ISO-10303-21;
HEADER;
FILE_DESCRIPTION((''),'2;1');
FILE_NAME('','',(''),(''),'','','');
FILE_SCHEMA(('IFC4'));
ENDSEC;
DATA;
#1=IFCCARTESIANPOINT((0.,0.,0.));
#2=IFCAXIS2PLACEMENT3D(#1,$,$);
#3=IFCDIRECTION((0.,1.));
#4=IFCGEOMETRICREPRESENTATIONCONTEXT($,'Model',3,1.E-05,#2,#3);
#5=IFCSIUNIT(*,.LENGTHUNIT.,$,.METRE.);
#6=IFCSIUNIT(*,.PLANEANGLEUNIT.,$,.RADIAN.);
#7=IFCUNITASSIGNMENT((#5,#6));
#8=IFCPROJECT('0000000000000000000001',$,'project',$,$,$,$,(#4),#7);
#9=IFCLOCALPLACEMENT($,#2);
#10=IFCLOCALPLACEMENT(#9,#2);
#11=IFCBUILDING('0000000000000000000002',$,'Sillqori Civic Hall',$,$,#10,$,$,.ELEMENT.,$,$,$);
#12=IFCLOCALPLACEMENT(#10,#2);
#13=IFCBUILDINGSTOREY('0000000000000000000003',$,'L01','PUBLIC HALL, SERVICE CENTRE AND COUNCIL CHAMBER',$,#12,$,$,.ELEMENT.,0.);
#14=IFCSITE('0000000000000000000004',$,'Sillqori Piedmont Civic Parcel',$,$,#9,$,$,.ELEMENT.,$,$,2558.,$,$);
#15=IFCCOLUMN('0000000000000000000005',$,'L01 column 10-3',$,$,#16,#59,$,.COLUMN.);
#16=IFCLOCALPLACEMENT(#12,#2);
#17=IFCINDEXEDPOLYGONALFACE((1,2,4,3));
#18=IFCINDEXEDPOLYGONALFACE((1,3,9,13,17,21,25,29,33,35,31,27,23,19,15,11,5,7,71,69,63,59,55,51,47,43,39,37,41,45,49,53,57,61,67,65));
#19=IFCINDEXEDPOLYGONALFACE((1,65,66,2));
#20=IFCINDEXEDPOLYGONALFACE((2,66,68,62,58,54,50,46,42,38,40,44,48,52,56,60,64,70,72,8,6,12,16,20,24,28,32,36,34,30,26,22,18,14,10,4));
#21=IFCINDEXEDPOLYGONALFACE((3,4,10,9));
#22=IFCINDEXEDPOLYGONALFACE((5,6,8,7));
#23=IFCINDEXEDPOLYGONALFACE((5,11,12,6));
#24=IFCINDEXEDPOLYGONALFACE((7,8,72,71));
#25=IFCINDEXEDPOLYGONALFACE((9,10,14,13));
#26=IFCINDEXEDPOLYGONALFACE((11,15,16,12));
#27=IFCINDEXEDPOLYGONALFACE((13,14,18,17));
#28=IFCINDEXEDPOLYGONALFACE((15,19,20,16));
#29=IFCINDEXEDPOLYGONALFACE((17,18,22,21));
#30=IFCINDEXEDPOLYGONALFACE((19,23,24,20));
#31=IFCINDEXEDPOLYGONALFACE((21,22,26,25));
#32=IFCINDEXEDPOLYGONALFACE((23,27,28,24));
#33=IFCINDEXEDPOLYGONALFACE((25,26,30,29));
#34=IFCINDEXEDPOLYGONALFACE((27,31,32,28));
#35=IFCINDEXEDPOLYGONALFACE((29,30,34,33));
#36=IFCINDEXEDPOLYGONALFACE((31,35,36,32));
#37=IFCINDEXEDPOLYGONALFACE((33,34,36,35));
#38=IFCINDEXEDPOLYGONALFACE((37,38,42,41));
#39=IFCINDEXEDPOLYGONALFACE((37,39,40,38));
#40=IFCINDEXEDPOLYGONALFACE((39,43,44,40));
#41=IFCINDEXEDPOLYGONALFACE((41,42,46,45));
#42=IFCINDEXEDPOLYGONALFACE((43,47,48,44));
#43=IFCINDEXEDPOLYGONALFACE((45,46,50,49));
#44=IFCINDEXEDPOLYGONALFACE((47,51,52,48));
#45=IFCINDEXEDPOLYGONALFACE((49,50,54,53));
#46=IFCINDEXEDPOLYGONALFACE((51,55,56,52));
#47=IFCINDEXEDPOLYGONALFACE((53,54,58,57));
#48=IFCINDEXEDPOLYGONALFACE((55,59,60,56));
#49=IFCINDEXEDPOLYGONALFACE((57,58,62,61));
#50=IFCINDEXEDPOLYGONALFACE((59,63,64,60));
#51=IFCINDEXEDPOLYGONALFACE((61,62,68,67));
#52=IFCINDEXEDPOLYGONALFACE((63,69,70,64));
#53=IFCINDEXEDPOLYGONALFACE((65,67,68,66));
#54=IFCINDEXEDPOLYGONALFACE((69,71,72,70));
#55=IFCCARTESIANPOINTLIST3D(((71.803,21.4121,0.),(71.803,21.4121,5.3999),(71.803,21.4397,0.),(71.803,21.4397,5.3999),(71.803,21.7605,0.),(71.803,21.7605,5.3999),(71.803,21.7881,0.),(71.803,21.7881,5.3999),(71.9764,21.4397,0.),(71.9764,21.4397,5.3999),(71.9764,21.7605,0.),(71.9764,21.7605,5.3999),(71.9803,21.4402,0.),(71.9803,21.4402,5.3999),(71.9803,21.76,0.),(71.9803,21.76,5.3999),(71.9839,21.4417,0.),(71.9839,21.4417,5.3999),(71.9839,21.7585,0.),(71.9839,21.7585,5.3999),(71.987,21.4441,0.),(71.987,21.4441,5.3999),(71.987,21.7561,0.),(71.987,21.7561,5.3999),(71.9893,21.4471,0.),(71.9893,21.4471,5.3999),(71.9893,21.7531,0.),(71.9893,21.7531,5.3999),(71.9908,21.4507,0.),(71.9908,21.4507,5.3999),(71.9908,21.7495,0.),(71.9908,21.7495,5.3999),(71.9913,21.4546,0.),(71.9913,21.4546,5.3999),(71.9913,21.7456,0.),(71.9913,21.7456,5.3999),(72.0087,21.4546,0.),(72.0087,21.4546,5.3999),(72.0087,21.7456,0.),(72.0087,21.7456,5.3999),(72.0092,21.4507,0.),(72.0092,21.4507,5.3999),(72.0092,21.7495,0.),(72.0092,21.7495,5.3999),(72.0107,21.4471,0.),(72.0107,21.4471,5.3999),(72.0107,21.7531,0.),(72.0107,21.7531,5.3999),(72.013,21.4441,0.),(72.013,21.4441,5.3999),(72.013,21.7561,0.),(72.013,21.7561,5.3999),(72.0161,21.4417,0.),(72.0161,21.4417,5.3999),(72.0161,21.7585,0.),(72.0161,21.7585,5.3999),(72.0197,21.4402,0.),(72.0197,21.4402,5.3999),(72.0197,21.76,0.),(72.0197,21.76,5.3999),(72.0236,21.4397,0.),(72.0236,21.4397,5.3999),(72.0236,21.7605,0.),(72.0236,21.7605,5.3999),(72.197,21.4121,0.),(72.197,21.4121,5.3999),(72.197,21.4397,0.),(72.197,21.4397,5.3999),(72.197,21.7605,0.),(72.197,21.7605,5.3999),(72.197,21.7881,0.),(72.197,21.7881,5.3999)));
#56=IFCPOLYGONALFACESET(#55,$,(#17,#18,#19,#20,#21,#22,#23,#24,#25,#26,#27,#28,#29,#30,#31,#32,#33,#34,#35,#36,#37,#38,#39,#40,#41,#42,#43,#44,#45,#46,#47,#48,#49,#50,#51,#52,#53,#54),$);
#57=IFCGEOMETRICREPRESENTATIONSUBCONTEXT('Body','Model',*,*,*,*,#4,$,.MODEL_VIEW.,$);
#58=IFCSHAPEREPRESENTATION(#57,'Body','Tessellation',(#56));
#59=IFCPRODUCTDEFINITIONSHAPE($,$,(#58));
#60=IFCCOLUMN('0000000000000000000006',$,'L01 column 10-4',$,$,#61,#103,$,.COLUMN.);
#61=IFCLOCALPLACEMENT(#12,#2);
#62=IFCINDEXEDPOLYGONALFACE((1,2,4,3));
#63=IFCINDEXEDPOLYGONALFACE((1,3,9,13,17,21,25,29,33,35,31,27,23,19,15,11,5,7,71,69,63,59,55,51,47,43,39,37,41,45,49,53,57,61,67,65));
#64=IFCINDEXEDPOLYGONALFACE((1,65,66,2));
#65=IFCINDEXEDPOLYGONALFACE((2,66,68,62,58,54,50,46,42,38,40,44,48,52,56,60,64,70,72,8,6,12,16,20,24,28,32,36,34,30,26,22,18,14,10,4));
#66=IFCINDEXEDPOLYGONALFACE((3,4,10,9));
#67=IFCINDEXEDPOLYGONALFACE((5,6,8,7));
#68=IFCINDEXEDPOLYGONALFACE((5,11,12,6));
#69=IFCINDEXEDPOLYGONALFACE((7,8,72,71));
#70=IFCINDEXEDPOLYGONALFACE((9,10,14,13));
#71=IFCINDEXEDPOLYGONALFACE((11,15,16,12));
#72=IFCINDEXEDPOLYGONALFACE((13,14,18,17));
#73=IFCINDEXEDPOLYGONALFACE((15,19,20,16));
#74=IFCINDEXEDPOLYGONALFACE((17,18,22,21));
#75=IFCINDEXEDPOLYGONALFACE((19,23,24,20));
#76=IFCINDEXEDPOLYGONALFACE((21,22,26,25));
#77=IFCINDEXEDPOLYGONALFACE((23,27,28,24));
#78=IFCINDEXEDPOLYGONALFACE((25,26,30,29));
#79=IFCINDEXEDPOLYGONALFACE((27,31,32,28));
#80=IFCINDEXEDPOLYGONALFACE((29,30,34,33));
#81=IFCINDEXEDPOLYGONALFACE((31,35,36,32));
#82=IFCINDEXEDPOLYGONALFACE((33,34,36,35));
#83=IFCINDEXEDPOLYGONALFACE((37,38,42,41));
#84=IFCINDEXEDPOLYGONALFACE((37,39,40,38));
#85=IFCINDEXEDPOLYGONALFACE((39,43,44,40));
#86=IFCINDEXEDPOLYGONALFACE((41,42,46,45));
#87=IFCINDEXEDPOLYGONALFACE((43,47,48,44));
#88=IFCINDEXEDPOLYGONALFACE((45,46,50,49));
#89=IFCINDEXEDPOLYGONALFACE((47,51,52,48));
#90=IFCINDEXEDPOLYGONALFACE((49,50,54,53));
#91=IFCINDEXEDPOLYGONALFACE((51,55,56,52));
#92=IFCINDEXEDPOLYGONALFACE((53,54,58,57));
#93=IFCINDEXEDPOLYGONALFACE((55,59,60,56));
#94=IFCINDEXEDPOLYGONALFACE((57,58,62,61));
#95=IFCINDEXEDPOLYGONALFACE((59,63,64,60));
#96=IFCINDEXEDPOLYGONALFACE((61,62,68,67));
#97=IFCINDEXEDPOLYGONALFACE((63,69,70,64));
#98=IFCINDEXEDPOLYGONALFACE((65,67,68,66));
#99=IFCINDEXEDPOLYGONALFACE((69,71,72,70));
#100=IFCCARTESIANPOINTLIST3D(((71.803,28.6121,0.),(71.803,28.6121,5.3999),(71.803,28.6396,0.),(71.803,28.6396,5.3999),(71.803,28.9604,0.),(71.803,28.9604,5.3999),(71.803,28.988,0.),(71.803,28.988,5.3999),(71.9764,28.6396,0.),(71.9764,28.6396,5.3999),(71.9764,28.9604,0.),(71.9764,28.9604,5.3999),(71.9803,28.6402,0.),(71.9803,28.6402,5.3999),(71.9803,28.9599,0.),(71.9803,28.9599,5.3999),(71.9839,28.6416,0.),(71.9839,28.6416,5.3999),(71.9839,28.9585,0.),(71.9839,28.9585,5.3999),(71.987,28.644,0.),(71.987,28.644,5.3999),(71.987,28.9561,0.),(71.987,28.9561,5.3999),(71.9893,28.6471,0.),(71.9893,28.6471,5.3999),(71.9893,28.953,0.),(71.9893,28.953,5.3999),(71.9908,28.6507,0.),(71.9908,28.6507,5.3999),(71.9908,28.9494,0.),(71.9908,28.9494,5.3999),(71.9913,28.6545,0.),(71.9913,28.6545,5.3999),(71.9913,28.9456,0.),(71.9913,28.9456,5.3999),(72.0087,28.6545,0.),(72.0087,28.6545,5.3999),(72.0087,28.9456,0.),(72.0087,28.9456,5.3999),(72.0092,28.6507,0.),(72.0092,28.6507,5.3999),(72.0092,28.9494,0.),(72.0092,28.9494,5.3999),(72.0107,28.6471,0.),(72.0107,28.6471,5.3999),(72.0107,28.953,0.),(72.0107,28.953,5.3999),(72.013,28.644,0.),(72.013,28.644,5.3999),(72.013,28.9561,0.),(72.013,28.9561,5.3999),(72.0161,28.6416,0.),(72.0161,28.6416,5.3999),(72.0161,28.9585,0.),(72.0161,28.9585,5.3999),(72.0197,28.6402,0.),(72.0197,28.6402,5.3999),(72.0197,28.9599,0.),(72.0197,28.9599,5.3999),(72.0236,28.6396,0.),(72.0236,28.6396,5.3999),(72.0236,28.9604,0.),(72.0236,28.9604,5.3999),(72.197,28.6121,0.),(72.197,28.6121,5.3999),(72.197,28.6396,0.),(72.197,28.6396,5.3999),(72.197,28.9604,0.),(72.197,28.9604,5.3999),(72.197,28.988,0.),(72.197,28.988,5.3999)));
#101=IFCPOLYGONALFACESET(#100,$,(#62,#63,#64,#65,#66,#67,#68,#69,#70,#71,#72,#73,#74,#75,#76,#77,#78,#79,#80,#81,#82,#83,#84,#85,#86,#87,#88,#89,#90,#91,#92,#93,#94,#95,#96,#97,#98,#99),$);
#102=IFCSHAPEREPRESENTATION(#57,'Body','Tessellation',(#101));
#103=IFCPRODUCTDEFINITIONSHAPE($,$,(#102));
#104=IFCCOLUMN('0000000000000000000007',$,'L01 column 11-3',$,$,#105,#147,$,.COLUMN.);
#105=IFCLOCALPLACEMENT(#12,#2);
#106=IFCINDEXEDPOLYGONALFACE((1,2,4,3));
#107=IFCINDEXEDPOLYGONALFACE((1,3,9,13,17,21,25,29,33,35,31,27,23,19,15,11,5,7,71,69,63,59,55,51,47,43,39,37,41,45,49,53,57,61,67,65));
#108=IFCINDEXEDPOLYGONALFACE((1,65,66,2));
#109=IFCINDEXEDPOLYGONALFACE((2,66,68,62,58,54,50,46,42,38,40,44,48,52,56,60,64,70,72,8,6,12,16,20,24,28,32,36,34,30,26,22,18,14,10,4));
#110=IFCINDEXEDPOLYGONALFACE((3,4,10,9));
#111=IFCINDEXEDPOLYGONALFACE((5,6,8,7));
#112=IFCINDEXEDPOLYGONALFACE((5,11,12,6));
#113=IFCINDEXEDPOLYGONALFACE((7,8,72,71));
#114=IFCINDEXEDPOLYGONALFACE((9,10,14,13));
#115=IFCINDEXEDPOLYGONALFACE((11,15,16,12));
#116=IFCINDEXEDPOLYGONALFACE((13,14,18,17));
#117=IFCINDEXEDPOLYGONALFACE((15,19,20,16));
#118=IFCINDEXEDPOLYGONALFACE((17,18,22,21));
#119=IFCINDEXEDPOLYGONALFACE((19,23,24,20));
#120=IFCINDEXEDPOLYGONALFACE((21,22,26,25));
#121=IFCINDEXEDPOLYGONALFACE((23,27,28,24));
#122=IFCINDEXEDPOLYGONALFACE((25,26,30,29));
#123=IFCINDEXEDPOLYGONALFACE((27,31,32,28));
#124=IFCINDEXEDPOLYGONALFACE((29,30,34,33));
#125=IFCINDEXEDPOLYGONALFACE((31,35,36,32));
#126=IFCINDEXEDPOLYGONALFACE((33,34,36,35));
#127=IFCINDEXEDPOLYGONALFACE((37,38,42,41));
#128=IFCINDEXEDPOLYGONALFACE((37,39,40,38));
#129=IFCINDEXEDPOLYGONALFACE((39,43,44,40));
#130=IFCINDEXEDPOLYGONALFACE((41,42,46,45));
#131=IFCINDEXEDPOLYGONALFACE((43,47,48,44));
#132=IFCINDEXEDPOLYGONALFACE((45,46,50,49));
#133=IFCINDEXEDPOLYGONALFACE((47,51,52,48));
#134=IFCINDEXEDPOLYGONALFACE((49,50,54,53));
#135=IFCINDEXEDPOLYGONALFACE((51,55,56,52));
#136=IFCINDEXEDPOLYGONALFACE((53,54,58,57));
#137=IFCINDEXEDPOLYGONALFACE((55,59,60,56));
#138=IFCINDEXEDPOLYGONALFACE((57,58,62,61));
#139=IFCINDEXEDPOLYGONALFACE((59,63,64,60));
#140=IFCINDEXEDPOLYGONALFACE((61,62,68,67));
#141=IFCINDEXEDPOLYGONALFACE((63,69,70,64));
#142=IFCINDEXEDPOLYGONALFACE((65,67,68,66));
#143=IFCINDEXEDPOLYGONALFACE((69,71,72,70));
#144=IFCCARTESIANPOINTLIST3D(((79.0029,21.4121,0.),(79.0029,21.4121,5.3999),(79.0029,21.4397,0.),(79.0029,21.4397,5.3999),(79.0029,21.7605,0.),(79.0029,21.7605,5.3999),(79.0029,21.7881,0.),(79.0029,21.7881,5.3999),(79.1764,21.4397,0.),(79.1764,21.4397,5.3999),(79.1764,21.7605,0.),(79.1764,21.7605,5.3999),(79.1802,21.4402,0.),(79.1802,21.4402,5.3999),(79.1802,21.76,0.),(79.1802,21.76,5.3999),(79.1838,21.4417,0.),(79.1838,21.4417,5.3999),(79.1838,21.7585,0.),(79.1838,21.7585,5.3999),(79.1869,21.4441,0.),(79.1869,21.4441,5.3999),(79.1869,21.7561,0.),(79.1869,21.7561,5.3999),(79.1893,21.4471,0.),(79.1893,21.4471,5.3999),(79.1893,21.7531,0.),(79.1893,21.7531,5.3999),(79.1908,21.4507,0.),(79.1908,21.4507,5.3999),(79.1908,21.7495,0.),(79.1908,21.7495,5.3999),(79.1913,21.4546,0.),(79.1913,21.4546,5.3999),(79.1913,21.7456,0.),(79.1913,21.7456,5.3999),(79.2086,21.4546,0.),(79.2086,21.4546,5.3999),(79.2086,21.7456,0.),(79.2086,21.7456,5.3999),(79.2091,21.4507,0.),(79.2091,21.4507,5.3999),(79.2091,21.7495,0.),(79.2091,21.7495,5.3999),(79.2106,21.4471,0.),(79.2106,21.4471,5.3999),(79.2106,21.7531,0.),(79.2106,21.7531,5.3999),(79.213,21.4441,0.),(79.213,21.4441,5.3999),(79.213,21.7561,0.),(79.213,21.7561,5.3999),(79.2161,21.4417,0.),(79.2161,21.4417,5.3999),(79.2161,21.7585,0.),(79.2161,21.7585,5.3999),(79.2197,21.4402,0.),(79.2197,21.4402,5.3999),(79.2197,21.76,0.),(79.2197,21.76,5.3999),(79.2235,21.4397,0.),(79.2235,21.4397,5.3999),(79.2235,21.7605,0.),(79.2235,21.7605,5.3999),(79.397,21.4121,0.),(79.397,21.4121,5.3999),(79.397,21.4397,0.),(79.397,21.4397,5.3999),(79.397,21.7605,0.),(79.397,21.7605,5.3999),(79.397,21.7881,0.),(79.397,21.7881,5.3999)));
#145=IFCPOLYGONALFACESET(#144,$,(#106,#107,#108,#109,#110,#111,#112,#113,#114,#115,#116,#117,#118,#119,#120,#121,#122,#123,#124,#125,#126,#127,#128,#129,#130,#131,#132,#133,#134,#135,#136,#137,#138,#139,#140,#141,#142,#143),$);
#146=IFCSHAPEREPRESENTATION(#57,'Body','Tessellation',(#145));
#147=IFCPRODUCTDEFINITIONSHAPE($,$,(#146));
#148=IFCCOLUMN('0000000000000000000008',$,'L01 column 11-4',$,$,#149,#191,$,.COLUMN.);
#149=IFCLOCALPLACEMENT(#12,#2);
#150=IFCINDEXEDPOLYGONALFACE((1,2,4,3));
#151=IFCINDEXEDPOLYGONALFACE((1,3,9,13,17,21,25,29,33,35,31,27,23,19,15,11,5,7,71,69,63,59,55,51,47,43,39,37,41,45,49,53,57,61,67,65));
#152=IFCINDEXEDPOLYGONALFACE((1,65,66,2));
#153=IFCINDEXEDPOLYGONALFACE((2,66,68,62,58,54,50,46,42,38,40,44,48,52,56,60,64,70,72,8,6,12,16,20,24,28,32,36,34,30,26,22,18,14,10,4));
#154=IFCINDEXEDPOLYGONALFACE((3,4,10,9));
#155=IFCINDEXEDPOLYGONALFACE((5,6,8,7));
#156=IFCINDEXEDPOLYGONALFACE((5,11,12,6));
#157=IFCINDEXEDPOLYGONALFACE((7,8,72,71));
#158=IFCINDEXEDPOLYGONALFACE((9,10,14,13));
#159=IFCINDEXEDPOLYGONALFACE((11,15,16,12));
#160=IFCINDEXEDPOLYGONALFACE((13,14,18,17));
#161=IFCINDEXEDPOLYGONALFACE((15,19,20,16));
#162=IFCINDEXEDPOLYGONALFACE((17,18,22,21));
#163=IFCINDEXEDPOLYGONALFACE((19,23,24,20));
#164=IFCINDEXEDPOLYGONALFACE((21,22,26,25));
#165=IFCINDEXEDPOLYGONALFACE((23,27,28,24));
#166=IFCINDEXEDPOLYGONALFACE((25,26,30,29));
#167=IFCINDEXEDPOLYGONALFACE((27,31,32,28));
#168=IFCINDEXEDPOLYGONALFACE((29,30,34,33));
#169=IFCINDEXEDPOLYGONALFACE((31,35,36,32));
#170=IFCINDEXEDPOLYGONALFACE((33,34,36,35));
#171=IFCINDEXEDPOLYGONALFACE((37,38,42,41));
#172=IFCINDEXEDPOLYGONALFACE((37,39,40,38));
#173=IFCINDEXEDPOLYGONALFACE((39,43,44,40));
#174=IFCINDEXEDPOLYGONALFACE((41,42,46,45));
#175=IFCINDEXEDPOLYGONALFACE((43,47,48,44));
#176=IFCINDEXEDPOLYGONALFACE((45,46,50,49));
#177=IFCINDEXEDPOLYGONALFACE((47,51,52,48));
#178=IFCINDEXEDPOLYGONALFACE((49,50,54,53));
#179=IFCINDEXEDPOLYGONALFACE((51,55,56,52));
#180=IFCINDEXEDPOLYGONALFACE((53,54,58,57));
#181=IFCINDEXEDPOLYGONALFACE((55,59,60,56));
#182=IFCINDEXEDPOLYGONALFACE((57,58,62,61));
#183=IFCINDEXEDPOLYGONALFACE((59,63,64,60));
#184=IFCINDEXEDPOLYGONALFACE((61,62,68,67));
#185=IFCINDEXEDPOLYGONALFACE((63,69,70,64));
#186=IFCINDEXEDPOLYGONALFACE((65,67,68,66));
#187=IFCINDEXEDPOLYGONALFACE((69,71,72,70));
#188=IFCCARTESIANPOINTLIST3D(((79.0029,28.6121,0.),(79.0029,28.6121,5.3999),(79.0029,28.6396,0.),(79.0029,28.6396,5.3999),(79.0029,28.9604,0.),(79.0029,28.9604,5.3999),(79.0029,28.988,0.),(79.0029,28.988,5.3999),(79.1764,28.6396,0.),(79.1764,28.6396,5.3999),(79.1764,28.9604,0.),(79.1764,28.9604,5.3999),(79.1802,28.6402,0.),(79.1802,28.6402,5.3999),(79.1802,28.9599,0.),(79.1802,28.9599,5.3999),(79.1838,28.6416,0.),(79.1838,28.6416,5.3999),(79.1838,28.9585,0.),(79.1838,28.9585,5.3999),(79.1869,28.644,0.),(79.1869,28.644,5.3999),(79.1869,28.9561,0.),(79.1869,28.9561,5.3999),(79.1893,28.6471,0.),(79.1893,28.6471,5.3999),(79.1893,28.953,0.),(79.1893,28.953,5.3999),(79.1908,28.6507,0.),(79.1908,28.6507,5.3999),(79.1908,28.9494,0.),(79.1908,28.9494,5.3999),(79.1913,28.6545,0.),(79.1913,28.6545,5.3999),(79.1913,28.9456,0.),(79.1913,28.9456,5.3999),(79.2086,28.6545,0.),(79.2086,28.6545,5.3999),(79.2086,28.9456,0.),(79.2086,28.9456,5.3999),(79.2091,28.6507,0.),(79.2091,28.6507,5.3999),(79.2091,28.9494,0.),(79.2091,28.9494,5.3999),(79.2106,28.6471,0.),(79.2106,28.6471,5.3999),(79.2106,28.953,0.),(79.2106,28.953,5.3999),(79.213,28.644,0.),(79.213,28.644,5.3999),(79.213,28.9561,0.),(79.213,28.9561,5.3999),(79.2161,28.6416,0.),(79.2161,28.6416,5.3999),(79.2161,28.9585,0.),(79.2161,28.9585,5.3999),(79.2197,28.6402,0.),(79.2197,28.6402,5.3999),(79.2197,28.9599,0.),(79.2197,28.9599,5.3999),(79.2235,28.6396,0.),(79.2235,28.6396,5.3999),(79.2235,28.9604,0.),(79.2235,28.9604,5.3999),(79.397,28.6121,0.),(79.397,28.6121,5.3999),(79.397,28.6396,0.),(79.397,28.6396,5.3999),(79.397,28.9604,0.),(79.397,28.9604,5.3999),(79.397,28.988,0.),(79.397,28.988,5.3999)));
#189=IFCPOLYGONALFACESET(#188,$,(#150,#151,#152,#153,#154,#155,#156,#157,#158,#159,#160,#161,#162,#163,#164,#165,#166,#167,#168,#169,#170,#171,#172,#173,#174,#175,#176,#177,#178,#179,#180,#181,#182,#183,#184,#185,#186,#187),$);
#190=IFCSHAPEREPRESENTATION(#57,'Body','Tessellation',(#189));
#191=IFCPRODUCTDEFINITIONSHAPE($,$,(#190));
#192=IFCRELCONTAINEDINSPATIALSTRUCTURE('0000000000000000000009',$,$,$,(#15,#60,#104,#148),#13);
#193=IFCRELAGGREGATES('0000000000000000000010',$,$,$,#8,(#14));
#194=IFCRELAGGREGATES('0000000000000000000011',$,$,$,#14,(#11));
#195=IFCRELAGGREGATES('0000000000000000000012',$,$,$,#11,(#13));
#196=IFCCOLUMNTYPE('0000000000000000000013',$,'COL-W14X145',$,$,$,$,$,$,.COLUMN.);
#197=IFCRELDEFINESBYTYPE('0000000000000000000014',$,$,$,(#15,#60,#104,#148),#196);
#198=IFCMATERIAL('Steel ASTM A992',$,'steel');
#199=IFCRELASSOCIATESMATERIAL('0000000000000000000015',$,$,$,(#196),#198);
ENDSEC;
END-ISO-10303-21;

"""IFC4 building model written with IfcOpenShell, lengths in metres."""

from ifc_helpers import new_model, si_unit, direction, frame, origin, origin_2d, place, context, subcontext, project, spatial, i_section, extrude, material, material_profile, profile_set, type_object, element, save


model = new_model("IFC4")

# Units and contexts
model_context = context("Model", 3, precision=1e-05, world=origin(), true_north=direction((0.0, 1.0)))
body_context = subcontext(model_context, "Body", "Model", "MODEL_VIEW")
ifc_project = project(units=[si_unit("LENGTHUNIT", "METRE"), si_unit("PLANEANGLEUNIT", "RADIAN")], contexts=[model_context])

# Site, building, storey
site_placement = place(None, origin())
site = spatial("IfcSite", under=ifc_project, at=site_placement, Name="Sillqori Piedmont Civic Parcel", CompositionType="ELEMENT", RefElevation=2558.0)
building_placement = place(site_placement, origin())
building = spatial("IfcBuilding", under=site, at=building_placement, Name="Sillqori Civic Hall", CompositionType="ELEMENT")
storey_placement = place(building_placement, origin())
storey = spatial("IfcBuildingStorey", under=building, at=storey_placement, Name="L01", Description="PUBLIC HALL, SERVICE CENTRE AND COUNCIL CHAMBER", CompositionType="ELEMENT", Elevation=0.0)

# Columns
ifc_material_1 = material(Name="Steel ASTM A992", Category="steel")
ifc_material_profile_1 = material_profile(ifc_material_1, i_section(OverallWidth=0.394, OverallDepth=0.376, WebThickness=0.0173, FlangeThickness=0.0276, FilletRadius=0.0149, at=origin_2d()), Name="W14X145")
ifc_profile_set_1 = profile_set([ifc_material_profile_1], Name="Steel ASTM A992")
column_type = type_object("IfcColumnType", Name="COL-W14X145", PredefinedType="COLUMN", material=ifc_profile_set_1)
for number, where, z_axis, x_axis, name in (
    (1, (72.0, 21.6001, 0.0), (0.0, 0.0, 1.0), (1.0, 0.0, 0.0), "L01 column 10-3"),
    (2, (72.0, 28.8, 0.0), (0.0, 0.0, 1.0), (1.0, 0.0, 0.0), "L01 column 10-4"),
    (3, (79.2, 21.6001, 0.0), (0.0, 0.0, 1.0), (1.0, 0.0, 0.0), "L01 column 11-3"),
    (4, (79.2, 28.8, 0.0), (0.0, 0.0, 1.0), (1.0, 0.0, 0.0), "L01 column 11-4"),
):
    element("IfcColumn", number, at=place(storey_placement, frame(where, z_axis=z_axis, x_axis=x_axis)), inside=storey, type_object=column_type, Name=name, PredefinedType="COLUMN", context=body_context, shape_type="SweptSolid", body=[
        extrude(i_section(OverallWidth=0.394, OverallDepth=0.376, WebThickness=0.0173, FlangeThickness=0.0276, FilletRadius=0.0149, at=origin_2d()), origin(), (0.0, 0.0, 1.0), 5.3999),
    ])

save(model, "model.ifc")
